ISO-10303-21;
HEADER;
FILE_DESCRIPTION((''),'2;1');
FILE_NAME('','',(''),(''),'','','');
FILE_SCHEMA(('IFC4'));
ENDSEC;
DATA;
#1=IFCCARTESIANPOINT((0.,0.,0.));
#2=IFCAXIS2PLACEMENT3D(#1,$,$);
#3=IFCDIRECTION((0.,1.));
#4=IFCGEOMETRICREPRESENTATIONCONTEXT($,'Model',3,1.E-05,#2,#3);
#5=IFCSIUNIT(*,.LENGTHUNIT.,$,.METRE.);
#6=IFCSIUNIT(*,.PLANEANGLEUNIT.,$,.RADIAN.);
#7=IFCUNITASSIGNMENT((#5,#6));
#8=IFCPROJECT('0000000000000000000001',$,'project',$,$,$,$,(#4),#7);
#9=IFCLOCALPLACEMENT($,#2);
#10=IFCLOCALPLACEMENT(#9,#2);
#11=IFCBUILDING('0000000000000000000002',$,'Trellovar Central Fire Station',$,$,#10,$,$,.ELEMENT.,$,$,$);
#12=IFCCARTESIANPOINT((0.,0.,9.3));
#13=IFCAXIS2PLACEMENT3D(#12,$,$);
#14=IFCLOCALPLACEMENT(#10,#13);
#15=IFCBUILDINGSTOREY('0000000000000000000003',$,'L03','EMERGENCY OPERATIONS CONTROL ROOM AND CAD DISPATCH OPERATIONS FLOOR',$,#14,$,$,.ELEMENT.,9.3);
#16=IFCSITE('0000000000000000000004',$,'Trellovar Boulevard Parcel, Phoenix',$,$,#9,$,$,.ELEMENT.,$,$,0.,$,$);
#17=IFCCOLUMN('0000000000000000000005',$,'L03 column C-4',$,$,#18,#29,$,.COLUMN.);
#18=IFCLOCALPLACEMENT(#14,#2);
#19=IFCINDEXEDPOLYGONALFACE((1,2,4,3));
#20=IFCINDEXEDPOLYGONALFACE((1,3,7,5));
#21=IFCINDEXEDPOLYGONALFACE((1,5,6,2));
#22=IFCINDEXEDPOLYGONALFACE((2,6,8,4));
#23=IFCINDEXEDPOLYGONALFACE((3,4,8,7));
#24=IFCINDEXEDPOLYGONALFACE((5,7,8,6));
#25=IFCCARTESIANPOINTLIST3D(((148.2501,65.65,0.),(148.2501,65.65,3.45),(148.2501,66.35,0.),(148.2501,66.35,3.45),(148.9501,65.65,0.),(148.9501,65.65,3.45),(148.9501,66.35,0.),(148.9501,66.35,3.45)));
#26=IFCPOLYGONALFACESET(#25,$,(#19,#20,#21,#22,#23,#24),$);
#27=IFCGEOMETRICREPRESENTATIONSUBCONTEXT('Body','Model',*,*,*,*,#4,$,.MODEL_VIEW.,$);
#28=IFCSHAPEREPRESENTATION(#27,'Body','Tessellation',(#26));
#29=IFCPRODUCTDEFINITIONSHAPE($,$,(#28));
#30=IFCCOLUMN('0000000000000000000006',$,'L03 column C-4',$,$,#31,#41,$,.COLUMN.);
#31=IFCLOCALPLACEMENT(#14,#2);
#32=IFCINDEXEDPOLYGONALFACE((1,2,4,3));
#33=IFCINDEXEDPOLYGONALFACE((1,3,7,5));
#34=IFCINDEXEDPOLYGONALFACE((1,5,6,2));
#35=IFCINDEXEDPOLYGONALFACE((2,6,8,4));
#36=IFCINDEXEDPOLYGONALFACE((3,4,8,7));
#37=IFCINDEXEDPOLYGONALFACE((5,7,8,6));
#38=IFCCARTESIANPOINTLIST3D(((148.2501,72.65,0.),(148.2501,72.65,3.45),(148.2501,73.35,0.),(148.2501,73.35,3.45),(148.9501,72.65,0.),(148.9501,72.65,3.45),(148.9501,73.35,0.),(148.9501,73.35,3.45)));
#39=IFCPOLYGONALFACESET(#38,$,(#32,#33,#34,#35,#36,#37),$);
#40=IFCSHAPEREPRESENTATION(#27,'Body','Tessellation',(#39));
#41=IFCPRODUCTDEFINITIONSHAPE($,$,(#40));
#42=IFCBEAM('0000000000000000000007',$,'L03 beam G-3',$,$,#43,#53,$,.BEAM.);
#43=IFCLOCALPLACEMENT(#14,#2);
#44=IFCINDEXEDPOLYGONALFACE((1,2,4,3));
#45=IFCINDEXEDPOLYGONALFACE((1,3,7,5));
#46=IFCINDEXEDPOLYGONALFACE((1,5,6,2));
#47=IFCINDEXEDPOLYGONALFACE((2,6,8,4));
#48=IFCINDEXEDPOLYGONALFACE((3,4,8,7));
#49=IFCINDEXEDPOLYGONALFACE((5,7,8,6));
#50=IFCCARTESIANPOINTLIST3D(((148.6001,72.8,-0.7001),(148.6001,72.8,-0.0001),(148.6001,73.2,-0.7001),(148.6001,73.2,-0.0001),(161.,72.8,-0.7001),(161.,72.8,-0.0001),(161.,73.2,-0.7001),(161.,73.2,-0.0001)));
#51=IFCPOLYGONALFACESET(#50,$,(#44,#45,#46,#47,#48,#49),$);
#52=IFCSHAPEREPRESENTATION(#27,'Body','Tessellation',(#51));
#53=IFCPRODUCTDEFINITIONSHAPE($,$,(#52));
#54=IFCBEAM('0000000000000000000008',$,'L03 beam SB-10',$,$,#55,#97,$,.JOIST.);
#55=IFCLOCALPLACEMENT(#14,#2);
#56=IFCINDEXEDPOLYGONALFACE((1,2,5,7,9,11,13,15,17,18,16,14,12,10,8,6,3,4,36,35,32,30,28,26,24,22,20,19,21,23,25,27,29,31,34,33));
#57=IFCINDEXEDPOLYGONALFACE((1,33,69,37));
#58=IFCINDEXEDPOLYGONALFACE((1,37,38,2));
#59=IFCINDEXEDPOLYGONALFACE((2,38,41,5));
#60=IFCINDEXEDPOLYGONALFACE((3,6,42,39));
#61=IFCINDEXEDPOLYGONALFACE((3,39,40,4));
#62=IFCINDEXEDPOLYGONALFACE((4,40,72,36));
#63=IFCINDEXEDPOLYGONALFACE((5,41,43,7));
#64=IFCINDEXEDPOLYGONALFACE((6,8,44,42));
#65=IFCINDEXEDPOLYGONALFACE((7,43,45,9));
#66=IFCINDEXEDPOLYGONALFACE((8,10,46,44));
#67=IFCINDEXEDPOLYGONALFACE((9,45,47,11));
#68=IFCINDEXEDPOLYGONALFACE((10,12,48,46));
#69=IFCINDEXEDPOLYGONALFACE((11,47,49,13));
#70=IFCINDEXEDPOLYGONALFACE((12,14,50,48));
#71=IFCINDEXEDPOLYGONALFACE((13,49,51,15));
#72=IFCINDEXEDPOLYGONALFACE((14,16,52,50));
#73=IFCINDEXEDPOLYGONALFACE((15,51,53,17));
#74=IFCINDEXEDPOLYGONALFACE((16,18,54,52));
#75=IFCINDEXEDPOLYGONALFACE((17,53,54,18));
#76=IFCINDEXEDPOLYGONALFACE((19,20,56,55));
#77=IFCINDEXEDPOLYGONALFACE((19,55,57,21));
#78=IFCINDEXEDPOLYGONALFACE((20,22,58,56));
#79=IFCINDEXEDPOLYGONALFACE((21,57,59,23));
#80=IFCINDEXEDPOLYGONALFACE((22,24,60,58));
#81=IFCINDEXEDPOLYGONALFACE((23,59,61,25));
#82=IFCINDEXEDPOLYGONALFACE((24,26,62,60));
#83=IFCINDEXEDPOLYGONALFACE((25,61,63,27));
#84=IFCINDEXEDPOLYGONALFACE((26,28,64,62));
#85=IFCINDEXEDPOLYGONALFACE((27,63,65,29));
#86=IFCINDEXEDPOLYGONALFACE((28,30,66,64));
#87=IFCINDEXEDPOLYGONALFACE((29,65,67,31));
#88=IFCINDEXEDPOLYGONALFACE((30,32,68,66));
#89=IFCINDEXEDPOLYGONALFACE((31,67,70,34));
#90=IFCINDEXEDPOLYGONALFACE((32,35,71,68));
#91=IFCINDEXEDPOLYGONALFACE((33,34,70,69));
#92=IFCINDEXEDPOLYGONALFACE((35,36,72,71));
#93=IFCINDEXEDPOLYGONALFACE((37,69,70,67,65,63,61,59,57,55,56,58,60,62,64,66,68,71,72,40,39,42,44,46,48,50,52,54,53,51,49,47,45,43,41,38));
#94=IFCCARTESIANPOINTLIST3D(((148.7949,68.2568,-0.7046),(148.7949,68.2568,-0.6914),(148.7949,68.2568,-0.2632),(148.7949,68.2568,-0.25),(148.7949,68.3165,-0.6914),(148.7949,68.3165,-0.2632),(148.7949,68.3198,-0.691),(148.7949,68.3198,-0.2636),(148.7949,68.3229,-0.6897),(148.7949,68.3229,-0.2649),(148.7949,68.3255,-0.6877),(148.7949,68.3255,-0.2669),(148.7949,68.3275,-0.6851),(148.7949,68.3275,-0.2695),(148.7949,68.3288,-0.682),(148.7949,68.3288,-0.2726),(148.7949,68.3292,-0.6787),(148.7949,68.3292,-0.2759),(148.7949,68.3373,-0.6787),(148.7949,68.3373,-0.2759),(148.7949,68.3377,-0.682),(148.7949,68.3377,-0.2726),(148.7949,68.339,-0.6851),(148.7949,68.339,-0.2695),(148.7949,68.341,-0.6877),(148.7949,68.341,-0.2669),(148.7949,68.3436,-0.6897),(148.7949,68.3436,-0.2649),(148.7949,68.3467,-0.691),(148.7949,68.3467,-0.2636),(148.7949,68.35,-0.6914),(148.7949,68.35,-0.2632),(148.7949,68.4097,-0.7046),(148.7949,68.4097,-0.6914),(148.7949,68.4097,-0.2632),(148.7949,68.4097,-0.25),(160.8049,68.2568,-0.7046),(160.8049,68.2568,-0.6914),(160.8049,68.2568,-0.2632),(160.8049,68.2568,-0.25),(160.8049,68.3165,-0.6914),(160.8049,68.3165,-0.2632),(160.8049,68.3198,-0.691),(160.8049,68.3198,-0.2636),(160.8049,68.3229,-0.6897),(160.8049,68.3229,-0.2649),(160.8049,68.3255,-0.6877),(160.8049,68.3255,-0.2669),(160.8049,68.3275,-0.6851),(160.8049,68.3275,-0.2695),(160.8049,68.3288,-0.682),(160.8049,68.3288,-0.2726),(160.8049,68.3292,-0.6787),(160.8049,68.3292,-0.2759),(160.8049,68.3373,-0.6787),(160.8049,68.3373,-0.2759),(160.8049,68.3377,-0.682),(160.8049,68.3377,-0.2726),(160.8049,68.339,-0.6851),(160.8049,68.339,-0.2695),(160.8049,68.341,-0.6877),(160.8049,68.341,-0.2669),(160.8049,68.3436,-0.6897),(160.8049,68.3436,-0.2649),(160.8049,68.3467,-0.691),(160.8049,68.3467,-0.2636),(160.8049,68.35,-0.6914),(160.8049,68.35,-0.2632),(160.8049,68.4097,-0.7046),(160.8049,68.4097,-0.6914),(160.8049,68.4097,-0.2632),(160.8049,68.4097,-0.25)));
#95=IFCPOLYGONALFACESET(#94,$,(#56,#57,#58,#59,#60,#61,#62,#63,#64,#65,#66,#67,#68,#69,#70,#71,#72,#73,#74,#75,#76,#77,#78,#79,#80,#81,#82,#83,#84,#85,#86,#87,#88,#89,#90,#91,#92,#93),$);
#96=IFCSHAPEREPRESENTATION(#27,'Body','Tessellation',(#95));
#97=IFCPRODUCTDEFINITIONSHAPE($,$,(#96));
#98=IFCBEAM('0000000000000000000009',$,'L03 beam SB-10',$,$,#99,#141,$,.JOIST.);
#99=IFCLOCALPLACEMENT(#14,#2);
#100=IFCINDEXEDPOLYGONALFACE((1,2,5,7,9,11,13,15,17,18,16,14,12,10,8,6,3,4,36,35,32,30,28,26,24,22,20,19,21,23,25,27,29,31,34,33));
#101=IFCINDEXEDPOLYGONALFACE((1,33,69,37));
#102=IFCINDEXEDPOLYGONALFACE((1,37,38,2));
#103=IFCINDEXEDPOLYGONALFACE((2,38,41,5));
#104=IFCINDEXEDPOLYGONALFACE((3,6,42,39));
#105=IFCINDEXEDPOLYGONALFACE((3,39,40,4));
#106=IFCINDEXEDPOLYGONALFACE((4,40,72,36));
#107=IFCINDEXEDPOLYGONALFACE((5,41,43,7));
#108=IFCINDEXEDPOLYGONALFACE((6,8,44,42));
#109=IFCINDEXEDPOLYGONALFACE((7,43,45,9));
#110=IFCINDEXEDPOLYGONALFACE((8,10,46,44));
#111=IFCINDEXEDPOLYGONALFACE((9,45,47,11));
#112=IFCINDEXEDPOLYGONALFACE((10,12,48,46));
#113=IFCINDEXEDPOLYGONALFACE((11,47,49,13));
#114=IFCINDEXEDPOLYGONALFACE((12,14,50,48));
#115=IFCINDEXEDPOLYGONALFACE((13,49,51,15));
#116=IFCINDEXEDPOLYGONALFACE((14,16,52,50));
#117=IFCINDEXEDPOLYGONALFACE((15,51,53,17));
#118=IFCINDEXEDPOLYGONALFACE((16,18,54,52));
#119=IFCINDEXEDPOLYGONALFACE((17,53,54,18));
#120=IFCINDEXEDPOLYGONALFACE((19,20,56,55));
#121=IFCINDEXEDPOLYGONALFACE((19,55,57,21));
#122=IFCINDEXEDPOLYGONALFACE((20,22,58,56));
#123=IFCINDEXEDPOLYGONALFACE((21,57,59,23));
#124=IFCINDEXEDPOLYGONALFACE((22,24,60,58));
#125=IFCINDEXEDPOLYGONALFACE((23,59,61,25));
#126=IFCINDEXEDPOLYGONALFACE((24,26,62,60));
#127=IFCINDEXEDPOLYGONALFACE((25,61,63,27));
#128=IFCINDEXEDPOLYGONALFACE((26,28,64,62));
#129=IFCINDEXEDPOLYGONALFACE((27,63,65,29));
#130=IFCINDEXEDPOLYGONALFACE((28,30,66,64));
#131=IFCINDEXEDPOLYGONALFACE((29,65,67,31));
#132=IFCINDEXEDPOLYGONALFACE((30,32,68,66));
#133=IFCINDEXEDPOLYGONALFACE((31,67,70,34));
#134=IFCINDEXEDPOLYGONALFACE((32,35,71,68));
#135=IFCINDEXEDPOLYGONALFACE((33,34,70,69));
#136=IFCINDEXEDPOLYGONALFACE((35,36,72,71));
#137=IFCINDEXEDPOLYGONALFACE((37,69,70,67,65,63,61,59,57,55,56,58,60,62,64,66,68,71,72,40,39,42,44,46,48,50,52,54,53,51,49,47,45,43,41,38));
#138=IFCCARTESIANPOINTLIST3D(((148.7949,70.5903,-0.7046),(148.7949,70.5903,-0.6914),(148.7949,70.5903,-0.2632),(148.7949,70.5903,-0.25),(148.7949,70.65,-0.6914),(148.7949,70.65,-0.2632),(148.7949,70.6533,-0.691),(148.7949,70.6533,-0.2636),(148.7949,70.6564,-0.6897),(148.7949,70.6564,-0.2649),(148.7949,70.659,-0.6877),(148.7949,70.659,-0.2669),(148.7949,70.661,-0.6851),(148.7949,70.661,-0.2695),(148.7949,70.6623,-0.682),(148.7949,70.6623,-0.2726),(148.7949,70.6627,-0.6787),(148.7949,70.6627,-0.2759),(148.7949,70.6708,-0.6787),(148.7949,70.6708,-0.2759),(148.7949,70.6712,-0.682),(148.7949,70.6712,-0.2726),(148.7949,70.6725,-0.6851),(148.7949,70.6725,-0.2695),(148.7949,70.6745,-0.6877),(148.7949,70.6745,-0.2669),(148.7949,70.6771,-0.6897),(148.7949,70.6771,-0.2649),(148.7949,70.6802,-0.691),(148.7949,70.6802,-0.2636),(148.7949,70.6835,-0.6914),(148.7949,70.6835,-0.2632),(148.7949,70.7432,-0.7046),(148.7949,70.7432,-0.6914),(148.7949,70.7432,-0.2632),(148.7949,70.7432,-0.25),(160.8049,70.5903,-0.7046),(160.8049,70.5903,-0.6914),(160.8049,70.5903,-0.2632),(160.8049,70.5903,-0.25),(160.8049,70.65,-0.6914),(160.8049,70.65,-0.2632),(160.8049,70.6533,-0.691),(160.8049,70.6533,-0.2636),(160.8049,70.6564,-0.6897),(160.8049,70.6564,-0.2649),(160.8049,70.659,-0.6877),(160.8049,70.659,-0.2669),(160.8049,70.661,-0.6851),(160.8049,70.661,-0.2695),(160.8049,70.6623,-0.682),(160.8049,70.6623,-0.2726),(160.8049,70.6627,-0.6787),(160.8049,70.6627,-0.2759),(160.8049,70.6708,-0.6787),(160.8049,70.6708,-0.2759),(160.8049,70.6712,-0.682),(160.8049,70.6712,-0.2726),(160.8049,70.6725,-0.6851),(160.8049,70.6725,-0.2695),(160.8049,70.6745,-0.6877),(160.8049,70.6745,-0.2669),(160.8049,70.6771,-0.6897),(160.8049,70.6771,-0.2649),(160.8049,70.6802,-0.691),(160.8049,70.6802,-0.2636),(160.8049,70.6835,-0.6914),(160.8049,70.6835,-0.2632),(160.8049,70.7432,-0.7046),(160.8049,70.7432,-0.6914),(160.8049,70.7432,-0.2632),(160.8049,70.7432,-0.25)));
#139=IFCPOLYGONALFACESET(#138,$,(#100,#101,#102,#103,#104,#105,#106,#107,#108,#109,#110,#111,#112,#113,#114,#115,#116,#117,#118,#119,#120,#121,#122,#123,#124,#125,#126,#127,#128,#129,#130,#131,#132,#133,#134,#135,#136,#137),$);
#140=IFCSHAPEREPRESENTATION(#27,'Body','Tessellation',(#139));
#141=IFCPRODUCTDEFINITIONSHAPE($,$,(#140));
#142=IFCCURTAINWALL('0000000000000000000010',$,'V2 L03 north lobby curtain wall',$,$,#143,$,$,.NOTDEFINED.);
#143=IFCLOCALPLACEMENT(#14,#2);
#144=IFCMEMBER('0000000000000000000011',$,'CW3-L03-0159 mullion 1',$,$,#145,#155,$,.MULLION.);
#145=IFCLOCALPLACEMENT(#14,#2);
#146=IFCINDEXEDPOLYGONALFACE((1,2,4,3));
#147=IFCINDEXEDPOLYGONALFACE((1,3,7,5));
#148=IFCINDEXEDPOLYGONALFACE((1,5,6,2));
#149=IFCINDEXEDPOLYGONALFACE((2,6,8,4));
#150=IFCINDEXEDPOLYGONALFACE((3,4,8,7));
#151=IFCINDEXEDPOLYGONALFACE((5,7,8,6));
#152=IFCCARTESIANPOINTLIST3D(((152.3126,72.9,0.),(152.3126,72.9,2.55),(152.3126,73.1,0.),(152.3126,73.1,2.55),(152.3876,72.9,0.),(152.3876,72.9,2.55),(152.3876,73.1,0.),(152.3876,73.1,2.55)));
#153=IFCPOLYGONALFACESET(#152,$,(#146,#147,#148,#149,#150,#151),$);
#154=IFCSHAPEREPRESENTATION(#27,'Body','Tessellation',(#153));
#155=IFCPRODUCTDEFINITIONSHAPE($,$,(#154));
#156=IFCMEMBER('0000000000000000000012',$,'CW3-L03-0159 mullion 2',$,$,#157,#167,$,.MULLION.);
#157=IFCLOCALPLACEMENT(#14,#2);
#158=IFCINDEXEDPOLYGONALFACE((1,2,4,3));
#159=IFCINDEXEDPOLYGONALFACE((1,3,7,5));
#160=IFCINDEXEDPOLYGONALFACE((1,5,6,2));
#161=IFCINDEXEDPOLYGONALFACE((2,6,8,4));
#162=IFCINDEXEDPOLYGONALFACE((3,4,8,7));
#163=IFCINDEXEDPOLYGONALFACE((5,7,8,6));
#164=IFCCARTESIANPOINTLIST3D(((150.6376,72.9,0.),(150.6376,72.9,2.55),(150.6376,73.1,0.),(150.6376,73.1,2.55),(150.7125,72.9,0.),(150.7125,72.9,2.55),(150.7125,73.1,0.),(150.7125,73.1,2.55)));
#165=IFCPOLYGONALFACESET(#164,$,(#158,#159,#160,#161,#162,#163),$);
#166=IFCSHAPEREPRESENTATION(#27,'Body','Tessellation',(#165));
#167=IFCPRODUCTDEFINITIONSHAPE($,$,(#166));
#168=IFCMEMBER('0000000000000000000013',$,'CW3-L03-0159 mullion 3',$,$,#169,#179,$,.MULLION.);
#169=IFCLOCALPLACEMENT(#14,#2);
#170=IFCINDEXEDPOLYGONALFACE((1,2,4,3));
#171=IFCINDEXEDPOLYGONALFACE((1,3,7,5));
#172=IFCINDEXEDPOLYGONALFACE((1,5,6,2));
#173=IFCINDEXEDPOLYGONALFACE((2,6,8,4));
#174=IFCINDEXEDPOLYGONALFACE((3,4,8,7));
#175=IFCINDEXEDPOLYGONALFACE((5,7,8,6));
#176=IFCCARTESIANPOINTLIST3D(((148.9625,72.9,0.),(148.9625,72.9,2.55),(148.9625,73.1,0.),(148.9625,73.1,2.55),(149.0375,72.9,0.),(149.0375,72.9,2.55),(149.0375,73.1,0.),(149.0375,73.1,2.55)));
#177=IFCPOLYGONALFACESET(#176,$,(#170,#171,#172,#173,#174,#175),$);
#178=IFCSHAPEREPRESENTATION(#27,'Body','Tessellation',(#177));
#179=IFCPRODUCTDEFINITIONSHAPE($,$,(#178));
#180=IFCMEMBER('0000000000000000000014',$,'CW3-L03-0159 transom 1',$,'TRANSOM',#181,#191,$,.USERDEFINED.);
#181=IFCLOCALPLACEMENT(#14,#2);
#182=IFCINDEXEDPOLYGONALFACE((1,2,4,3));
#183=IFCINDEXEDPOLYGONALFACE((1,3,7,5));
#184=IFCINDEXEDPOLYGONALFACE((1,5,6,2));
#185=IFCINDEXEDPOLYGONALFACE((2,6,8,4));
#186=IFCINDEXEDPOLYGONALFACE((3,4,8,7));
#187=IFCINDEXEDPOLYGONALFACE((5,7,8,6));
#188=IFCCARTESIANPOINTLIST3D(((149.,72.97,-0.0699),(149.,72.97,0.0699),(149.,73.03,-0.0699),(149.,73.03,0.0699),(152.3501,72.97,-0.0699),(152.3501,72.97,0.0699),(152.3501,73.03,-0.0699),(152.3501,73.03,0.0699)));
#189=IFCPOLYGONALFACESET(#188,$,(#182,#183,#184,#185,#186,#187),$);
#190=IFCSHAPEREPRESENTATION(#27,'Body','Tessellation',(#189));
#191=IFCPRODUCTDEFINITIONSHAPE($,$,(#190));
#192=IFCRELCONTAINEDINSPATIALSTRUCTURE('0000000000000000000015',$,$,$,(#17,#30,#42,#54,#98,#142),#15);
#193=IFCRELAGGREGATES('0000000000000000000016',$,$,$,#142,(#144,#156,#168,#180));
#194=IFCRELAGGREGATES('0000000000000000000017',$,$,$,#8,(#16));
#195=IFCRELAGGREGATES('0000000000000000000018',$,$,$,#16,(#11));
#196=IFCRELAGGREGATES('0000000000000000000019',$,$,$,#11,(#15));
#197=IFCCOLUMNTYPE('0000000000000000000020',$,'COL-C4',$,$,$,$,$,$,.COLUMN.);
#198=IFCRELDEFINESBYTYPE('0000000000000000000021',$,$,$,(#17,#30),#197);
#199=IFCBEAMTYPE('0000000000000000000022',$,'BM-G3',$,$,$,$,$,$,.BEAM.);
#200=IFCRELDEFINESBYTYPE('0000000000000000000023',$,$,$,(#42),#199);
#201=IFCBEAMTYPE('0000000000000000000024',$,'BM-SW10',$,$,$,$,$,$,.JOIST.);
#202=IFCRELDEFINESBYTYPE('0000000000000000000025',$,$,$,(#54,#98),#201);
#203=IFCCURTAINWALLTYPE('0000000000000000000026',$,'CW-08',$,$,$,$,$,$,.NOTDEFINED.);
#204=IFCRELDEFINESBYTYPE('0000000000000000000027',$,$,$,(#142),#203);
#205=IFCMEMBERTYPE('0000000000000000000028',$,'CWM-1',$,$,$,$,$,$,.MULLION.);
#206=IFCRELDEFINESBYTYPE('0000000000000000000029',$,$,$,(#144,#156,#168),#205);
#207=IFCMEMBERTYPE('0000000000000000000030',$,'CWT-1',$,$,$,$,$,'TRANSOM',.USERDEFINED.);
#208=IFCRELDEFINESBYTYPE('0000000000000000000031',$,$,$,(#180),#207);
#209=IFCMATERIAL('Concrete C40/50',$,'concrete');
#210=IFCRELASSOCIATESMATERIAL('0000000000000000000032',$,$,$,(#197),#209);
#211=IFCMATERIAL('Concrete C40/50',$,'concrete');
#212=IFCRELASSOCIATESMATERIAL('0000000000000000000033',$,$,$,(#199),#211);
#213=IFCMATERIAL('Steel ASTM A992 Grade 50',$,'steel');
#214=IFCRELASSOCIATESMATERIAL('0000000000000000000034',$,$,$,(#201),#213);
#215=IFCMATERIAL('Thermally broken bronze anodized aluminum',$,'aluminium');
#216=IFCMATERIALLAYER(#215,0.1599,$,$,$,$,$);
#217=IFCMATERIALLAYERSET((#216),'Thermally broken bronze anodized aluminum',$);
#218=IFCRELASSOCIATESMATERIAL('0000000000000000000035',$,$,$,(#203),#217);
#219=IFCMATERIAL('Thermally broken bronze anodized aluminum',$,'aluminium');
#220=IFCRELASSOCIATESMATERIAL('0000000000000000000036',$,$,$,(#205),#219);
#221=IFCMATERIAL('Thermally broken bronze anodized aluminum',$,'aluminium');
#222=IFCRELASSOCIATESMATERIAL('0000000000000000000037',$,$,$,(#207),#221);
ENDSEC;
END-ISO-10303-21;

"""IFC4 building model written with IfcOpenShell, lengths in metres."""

from ifc_helpers import new_model, si_unit, direction, frame, origin, origin_2d, place, context, subcontext, project, spatial, rectangle, i_section, extrude, material, layer, layer_set, material_profile, profile_set, type_object, element, aggregate, save


model = new_model("IFC4")

# Units and contexts
model_context = context("Model", 3, precision=1e-05, world=origin(), true_north=direction((0.0, 1.0)))
body_context = subcontext(model_context, "Body", "Model", "MODEL_VIEW")
ifc_project = project(units=[si_unit("LENGTHUNIT", "METRE"), si_unit("PLANEANGLEUNIT", "RADIAN")], contexts=[model_context])

# Site, building, storey
site_placement = place(None, origin())
site = spatial("IfcSite", under=ifc_project, at=site_placement, Name="Trellovar Boulevard Parcel, Phoenix", CompositionType="ELEMENT", RefElevation=0.0)
building_placement = place(site_placement, origin())
building = spatial("IfcBuilding", under=site, at=building_placement, Name="Trellovar Central Fire Station", CompositionType="ELEMENT")
storey_placement = place(building_placement, frame((0.0, 0.0, 9.3)))
storey = spatial("IfcBuildingStorey", under=building, at=storey_placement, Name="L03", Description="EMERGENCY OPERATIONS CONTROL ROOM AND CAD DISPATCH OPERATIONS FLOOR", CompositionType="ELEMENT", Elevation=9.3)

# Columns
ifc_material_1 = material(Name="Concrete C40/50", Category="concrete")
ifc_material_profile_1 = material_profile(ifc_material_1, rectangle(XDim=0.7, YDim=0.7, at=origin_2d()), Name="RC700X700")
ifc_profile_set_1 = profile_set([ifc_material_profile_1], Name="Concrete C40/50")
column_type = type_object("IfcColumnType", Name="COL-C4", PredefinedType="COLUMN", material=ifc_profile_set_1)
for number, where, z_axis, x_axis, name in (
    (1, (148.6001, 66.0, 0.0), (0.0, 0.0, 1.0), (1.0, 0.0, 0.0), "L03 column C-4"),
    (2, (148.6001, 73.0, 0.0), (0.0, 0.0, 1.0), (1.0, 0.0, 0.0), "L03 column C-4"),
):
    element("IfcColumn", number, at=place(storey_placement, frame(where, z_axis=z_axis, x_axis=x_axis)), inside=storey, type_object=column_type, Name=name, PredefinedType="COLUMN", context=body_context, shape_type="SweptSolid", body=[
        extrude(rectangle(XDim=0.7, YDim=0.7, at=origin_2d()), origin(), (0.0, 0.0, 1.0), 3.45),
    ])

# Beams
ifc_material_2 = material(Name="Concrete C40/50", Category="concrete")
ifc_material_profile_2 = material_profile(ifc_material_2, rectangle(XDim=0.3999, YDim=0.7, at=origin_2d()), Name="RC400X700")
ifc_profile_set_2 = profile_set([ifc_material_profile_2], Name="Concrete C40/50")
beam_type_1 = type_object("IfcBeamType", Name="BM-G3", PredefinedType="BEAM", material=ifc_profile_set_2)
beam_placement = place(storey_placement, frame((148.6001, 73.0, -0.3501), z_axis=(1.0, 0.0, 0.0), x_axis=(0.0, 1.0, 0.0)))
element("IfcBeam", 3, at=beam_placement, inside=storey, type_object=beam_type_1, Name="L03 beam G-3", PredefinedType="BEAM", context=body_context, shape_type="SweptSolid", body=[
    extrude(rectangle(XDim=0.3999, YDim=0.7, at=origin_2d()), origin(), (0.0, 0.0, 1.0), 12.3999),
])
ifc_material_3 = material(Name="Steel ASTM A992 Grade 50", Category="steel")
ifc_material_profile_3 = material_profile(ifc_material_3, i_section(OverallWidth=0.1528, OverallDepth=0.4546, WebThickness=0.0081, FlangeThickness=0.0132, FilletRadius=0.0127, at=origin_2d()), Name="W18X40")
ifc_profile_set_3 = profile_set([ifc_material_profile_3], Name="Steel ASTM A992 Grade 50")
beam_type_2 = type_object("IfcBeamType", Name="BM-SW10", PredefinedType="JOIST", material=ifc_profile_set_3)
for number, where, z_axis, x_axis, name in (
    (4, (148.7949, 68.3333, -0.4773), (1.0, 0.0, 0.0), (0.0, 1.0, 0.0), "L03 beam SB-10"),
    (5, (148.7949, 70.6667, -0.4773), (1.0, 0.0, 0.0), (0.0, 1.0, 0.0), "L03 beam SB-10"),
):
    element("IfcBeam", number, at=place(storey_placement, frame(where, z_axis=z_axis, x_axis=x_axis)), inside=storey, type_object=beam_type_2, Name=name, PredefinedType="JOIST", context=body_context, shape_type="SweptSolid", body=[
        extrude(i_section(OverallWidth=0.1528, OverallDepth=0.4546, WebThickness=0.0081, FlangeThickness=0.0132, FilletRadius=0.0127, at=origin_2d()), origin(), (0.0, 0.0, 1.0), 12.01),
    ])

# Curtain wall, members
ifc_material_4 = material(Name="Thermally broken bronze anodized aluminum", Category="aluminium")
ifc_layer_1 = layer(ifc_material_4, 0.1599)
ifc_layer_set_1 = layer_set([ifc_layer_1], Name="Thermally broken bronze anodized aluminum")
curtain_wall_type = type_object("IfcCurtainWallType", Name="CW-08", PredefinedType="NOTDEFINED", material=ifc_layer_set_1)
curtain_wall_placement = place(storey_placement, origin())
curtain_wall = element("IfcCurtainWall", 6, at=curtain_wall_placement, inside=storey, type_object=curtain_wall_type, Name="V2 L03 north lobby curtain wall", PredefinedType="NOTDEFINED")
ifc_material_5 = material(Name="Thermally broken bronze anodized aluminum", Category="aluminium")
ifc_material_profile_4 = material_profile(ifc_material_5, rectangle(XDim=0.075, YDim=0.2, at=origin_2d()), Name="ALU75X200")
ifc_profile_set_4 = profile_set([ifc_material_profile_4], Name="Thermally broken bronze anodized aluminum")
member_type_1 = type_object("IfcMemberType", Name="CWM-1", PredefinedType="MULLION", material=ifc_profile_set_4)
member_1_placement = place(storey_placement, frame((152.3501, 73.0, 0.0), z_axis=(0.0, 0.0, 1.0), x_axis=(1.0, 0.0, 0.0)))
member_1 = element("IfcMember", 7, at=member_1_placement, type_object=member_type_1, Name="CW3-L03-0159 mullion 1", PredefinedType="MULLION", context=body_context, shape_type="SweptSolid", body=[
    extrude(rectangle(XDim=0.075, YDim=0.2, at=origin_2d()), origin(), (0.0, 0.0, 1.0), 2.55),
])
member_2_placement = place(storey_placement, frame((150.675, 73.0, 0.0), z_axis=(0.0, 0.0, 1.0), x_axis=(1.0, 0.0, 0.0)))
member_2 = element("IfcMember", 8, at=member_2_placement, type_object=member_type_1, Name="CW3-L03-0159 mullion 2", PredefinedType="MULLION", context=body_context, shape_type="SweptSolid", body=[
    extrude(rectangle(XDim=0.075, YDim=0.2, at=origin_2d()), origin(), (0.0, 0.0, 1.0), 2.55),
])
member_3_placement = place(storey_placement, frame((149.0, 73.0, 0.0), z_axis=(0.0, 0.0, 1.0), x_axis=(1.0, 0.0, 0.0)))
member_3 = element("IfcMember", 9, at=member_3_placement, type_object=member_type_1, Name="CW3-L03-0159 mullion 3", PredefinedType="MULLION", context=body_context, shape_type="SweptSolid", body=[
    extrude(rectangle(XDim=0.075, YDim=0.2, at=origin_2d()), origin(), (0.0, 0.0, 1.0), 2.55),
])
ifc_material_6 = material(Name="Thermally broken bronze anodized aluminum", Category="aluminium")
ifc_material_profile_5 = material_profile(ifc_material_6, rectangle(XDim=0.0601, YDim=0.1399, at=origin_2d()), Name="ALU60X140")
ifc_profile_set_5 = profile_set([ifc_material_profile_5], Name="Thermally broken bronze anodized aluminum")
member_type_2 = type_object("IfcMemberType", Name="CWT-1", ElementType="TRANSOM", PredefinedType="USERDEFINED", material=ifc_profile_set_5)
member_4_placement = place(storey_placement, frame((152.3501, 73.0, 0.0), z_axis=(-1.0, 0.0, 0.0), x_axis=(0.0, -1.0, 0.0)))
member_4 = element("IfcMember", 10, at=member_4_placement, type_object=member_type_2, Name="CW3-L03-0159 transom 1", ObjectType="TRANSOM", PredefinedType="USERDEFINED", context=body_context, shape_type="SweptSolid", body=[
    extrude(rectangle(XDim=0.0601, YDim=0.1399, at=origin_2d()), origin(), (0.0, 0.0, 1.0), 3.3501),
])

aggregate(curtain_wall, [member_1, member_2, member_3, member_4])

save(model, "model.ifc")
